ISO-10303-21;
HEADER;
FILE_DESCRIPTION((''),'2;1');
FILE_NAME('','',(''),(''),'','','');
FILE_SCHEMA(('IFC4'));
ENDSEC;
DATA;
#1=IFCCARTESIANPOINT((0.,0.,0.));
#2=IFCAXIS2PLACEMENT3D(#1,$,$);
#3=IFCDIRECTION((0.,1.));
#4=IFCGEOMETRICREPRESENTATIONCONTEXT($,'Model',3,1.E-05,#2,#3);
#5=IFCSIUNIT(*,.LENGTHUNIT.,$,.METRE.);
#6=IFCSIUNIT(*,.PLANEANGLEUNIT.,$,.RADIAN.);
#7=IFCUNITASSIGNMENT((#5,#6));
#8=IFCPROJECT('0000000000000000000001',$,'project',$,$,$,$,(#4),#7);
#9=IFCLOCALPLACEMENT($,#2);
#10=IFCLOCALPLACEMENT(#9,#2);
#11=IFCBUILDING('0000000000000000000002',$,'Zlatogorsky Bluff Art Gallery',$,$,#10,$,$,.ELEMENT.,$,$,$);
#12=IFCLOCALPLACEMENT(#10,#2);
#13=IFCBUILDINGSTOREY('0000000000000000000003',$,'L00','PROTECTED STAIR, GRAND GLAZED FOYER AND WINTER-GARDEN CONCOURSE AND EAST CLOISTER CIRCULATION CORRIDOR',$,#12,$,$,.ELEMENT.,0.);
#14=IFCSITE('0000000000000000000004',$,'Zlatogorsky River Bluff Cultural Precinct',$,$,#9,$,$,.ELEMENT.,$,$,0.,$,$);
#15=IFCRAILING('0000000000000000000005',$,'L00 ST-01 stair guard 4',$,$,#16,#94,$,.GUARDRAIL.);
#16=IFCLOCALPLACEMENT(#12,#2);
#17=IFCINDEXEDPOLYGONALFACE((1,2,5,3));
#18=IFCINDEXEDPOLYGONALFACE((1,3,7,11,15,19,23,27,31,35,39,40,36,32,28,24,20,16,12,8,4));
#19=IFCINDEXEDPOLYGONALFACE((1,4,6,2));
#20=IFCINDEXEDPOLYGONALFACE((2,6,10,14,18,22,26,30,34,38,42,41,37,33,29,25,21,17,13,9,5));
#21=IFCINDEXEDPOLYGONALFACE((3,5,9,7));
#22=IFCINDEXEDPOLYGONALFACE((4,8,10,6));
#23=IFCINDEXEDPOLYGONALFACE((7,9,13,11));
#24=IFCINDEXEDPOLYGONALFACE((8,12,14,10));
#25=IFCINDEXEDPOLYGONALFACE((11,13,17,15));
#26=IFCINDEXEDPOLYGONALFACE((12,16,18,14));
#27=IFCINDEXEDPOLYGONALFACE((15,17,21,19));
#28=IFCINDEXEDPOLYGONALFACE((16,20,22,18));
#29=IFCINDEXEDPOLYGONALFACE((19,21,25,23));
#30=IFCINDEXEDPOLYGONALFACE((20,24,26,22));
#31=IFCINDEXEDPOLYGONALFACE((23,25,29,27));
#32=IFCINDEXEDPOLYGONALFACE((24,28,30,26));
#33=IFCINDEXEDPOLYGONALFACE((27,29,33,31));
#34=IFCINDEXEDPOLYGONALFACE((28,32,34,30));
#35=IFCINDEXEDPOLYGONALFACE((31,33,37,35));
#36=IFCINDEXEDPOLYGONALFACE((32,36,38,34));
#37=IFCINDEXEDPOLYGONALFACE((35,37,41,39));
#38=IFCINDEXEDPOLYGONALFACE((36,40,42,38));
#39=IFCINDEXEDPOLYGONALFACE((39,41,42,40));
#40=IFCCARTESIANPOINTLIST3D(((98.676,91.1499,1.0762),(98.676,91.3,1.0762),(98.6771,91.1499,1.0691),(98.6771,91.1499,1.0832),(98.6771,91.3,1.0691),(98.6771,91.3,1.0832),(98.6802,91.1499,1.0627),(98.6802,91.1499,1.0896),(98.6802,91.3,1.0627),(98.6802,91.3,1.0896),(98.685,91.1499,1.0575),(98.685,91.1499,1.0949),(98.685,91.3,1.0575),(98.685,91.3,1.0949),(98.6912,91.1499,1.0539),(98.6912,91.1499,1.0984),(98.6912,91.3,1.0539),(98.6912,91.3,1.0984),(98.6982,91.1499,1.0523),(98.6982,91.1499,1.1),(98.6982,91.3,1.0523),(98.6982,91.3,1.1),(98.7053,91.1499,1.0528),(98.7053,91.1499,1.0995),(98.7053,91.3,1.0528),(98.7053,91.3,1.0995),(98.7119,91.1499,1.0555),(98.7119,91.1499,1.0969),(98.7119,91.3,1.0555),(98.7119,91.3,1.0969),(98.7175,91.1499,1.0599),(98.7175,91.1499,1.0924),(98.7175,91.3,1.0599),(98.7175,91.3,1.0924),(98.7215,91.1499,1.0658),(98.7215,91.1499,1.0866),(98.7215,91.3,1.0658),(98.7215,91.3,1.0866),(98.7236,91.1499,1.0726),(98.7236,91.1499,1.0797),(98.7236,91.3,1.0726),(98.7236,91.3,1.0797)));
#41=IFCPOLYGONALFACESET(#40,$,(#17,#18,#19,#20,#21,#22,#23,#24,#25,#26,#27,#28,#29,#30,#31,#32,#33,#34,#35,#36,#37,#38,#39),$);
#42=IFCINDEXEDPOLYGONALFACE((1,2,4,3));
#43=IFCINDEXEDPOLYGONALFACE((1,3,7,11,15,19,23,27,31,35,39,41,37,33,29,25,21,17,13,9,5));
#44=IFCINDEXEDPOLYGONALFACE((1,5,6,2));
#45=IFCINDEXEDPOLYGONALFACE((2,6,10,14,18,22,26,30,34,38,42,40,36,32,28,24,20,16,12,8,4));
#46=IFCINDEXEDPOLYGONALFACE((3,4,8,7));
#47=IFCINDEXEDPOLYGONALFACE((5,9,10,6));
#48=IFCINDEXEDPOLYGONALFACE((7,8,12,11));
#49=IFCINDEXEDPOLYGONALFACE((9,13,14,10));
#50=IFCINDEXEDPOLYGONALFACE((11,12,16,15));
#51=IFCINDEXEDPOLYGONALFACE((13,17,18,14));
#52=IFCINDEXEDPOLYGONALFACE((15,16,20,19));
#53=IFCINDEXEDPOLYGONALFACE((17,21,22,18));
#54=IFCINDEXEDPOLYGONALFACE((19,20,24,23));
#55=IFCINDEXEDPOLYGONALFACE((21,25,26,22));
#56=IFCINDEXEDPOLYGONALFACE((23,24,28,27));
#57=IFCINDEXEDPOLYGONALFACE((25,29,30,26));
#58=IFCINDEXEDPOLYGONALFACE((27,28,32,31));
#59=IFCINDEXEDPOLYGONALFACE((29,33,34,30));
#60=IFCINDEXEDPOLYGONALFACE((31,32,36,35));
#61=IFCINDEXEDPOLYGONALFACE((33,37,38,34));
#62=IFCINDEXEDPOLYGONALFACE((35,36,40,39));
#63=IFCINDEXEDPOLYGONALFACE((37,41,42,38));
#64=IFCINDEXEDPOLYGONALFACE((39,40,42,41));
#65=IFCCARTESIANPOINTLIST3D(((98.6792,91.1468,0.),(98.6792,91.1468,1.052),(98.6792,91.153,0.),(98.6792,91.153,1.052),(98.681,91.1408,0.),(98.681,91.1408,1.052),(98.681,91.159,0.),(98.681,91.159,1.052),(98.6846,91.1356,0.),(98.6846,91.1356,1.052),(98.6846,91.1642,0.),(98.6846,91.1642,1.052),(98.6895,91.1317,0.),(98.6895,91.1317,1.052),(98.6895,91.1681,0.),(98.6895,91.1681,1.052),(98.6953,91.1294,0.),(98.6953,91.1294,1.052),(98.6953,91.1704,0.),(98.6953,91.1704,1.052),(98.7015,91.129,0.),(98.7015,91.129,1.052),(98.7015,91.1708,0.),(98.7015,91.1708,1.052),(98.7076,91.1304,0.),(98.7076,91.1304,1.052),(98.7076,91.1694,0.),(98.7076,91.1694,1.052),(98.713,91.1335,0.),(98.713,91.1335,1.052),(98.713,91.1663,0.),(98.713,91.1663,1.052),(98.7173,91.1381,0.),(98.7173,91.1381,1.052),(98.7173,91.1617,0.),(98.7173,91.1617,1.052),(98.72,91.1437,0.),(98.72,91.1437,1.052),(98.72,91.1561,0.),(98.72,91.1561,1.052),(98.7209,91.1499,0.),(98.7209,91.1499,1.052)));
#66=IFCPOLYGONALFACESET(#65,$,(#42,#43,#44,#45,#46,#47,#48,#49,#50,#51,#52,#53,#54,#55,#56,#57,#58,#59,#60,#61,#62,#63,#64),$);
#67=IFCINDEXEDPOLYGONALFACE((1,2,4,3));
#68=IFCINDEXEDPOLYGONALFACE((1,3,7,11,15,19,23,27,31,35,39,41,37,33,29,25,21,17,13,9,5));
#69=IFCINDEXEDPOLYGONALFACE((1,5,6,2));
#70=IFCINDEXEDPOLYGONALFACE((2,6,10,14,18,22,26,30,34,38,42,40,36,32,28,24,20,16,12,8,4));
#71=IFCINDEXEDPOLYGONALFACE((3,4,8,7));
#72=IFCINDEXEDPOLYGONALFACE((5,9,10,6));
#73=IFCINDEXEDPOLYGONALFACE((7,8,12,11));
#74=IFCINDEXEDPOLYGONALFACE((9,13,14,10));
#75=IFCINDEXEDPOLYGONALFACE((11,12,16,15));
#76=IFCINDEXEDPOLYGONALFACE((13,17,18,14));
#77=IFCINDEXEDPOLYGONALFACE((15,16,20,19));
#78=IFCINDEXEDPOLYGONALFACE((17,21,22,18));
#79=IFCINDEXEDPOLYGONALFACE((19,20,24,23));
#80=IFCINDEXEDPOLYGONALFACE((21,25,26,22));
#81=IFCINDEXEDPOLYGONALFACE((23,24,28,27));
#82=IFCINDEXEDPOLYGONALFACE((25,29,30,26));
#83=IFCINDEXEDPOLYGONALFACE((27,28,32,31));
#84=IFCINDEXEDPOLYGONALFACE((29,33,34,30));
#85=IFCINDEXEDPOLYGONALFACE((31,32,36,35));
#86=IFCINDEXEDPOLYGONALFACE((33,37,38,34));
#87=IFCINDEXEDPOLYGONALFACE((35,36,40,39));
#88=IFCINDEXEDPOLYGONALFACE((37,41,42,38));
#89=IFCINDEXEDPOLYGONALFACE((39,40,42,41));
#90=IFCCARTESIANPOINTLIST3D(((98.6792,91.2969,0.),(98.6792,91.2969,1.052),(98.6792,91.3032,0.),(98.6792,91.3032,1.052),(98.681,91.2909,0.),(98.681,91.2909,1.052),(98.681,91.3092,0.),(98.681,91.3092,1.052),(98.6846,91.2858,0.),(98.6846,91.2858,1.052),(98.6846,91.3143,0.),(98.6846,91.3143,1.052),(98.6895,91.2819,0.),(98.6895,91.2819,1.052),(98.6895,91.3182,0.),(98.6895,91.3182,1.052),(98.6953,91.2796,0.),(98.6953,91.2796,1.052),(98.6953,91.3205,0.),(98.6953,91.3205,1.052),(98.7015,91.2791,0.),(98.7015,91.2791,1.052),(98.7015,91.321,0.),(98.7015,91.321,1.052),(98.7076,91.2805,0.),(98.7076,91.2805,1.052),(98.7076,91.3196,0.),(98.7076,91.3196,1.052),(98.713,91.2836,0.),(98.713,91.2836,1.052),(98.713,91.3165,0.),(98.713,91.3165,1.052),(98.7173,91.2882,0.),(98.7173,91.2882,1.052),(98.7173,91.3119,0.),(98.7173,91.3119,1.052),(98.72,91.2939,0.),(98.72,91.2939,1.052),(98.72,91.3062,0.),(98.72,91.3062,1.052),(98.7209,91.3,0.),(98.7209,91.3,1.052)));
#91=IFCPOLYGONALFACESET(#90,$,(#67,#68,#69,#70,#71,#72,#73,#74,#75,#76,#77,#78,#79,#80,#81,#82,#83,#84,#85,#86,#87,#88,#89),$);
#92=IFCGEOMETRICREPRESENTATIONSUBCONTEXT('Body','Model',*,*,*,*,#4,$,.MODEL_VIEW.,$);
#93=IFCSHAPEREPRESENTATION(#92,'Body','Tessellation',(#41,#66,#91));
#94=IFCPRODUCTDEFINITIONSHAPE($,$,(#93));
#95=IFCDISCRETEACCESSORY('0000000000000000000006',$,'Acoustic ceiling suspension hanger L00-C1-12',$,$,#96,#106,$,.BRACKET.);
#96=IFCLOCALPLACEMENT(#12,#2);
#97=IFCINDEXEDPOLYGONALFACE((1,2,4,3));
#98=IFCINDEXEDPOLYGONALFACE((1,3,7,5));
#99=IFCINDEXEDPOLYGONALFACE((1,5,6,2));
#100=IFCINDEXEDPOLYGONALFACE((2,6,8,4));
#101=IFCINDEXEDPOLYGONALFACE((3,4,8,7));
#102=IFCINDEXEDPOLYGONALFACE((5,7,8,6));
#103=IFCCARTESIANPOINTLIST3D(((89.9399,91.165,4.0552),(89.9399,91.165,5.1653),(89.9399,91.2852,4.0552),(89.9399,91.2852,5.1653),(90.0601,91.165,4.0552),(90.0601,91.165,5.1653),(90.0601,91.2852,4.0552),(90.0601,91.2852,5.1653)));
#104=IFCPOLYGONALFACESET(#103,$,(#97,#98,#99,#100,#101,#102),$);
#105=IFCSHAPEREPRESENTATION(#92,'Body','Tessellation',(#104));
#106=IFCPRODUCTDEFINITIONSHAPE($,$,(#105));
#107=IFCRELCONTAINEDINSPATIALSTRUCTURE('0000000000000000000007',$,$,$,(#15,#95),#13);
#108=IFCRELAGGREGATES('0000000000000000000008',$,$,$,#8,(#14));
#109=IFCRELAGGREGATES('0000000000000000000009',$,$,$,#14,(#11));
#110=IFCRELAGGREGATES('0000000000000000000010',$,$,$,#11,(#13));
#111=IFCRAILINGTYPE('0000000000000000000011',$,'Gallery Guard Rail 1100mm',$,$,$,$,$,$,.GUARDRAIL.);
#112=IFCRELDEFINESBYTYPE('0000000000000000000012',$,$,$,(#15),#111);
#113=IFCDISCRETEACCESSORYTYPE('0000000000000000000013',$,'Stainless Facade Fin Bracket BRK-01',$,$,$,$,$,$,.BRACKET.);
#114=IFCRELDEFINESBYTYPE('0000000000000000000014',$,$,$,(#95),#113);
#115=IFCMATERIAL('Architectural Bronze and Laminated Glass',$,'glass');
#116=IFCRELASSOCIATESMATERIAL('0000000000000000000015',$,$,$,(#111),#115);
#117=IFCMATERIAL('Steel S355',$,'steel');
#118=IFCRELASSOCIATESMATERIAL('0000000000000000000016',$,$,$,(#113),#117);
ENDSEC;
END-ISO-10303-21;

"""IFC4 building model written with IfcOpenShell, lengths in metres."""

from ifc_helpers import new_model, si_unit, direction, frame, origin, origin_2d, place, context, subcontext, project, spatial, rectangle, circle, extrude, material, type_object, element, save


model = new_model("IFC4")

# Units and contexts
model_context = context("Model", 3, precision=1e-05, world=origin(), true_north=direction((0.0, 1.0)))
body_context = subcontext(model_context, "Body", "Model", "MODEL_VIEW")
ifc_project = project(units=[si_unit("LENGTHUNIT", "METRE"), si_unit("PLANEANGLEUNIT", "RADIAN")], contexts=[model_context])

# Site, building, storey
site_placement = place(None, origin())
site = spatial("IfcSite", under=ifc_project, at=site_placement, Name="Zlatogorsky River Bluff Cultural Precinct", CompositionType="ELEMENT", RefElevation=0.0)
building_placement = place(site_placement, origin())
building = spatial("IfcBuilding", under=site, at=building_placement, Name="Zlatogorsky Bluff Art Gallery", CompositionType="ELEMENT")
storey_placement = place(building_placement, origin())
storey = spatial("IfcBuildingStorey", under=building, at=storey_placement, Name="L00", Description="PROTECTED STAIR, GRAND GLAZED FOYER AND WINTER-GARDEN CONCOURSE AND EAST CLOISTER CIRCULATION CORRIDOR", CompositionType="ELEMENT", Elevation=0.0)

# Shared definitions
ifc_material_1 = material(Name="Steel S355", Category="steel")

# Railing
ifc_material_2 = material(Name="Architectural Bronze and Laminated Glass", Category="glass")
railing_type = type_object("IfcRailingType", Name="Gallery Guard Rail 1100mm", PredefinedType="GUARDRAIL", material=ifc_material_2)
railing_1_placement = place(storey_placement, frame((98.7, 91.1499, 0.0)))
element("IfcRailing", 1, at=railing_1_placement, inside=storey, type_object=railing_type, Name="L00 ST-01 stair guard 4", PredefinedType="GUARDRAIL", context=body_context, shape_type="SweptSolid", body=[
    extrude(circle(Radius=0.0239, at=origin_2d()), frame((0.0, 0.0, 1.0762), z_axis=(0.0, 1.0, 0.0), x_axis=(-1.0, 0.0, 0.0)), (0.0, 0.0, 1.0), 0.1501),
    extrude(circle(Radius=0.021, at=origin_2d()), origin(), (0.0, 0.0, 1.0), 1.052),
    extrude(circle(Radius=0.021, at=origin_2d()), frame((0.0, 0.1501, 0.0)), (0.0, 0.0, 1.0), 1.052),
])

# Discrete accessory
discrete_accessory_type = type_object("IfcDiscreteAccessoryType", Name="Stainless Facade Fin Bracket BRK-01", PredefinedType="BRACKET", material=ifc_material_1)
discrete_accessory_placement = place(storey_placement, frame((90.0, 91.2251, 4.0552), z_axis=(0.0, 0.0, 1.0), x_axis=(1.0, 0.0, 0.0)))
element("IfcDiscreteAccessory", 2, at=discrete_accessory_placement, inside=storey, type_object=discrete_accessory_type, Name="Acoustic ceiling suspension hanger L00-C1-12", PredefinedType="BRACKET", context=body_context, shape_type="SweptSolid", body=[
    extrude(rectangle(XDim=0.1201, YDim=0.1201, at=origin_2d()), origin(), (0.0, 0.0, 1.0), 1.1101),
])

save(model, "model.ifc")
